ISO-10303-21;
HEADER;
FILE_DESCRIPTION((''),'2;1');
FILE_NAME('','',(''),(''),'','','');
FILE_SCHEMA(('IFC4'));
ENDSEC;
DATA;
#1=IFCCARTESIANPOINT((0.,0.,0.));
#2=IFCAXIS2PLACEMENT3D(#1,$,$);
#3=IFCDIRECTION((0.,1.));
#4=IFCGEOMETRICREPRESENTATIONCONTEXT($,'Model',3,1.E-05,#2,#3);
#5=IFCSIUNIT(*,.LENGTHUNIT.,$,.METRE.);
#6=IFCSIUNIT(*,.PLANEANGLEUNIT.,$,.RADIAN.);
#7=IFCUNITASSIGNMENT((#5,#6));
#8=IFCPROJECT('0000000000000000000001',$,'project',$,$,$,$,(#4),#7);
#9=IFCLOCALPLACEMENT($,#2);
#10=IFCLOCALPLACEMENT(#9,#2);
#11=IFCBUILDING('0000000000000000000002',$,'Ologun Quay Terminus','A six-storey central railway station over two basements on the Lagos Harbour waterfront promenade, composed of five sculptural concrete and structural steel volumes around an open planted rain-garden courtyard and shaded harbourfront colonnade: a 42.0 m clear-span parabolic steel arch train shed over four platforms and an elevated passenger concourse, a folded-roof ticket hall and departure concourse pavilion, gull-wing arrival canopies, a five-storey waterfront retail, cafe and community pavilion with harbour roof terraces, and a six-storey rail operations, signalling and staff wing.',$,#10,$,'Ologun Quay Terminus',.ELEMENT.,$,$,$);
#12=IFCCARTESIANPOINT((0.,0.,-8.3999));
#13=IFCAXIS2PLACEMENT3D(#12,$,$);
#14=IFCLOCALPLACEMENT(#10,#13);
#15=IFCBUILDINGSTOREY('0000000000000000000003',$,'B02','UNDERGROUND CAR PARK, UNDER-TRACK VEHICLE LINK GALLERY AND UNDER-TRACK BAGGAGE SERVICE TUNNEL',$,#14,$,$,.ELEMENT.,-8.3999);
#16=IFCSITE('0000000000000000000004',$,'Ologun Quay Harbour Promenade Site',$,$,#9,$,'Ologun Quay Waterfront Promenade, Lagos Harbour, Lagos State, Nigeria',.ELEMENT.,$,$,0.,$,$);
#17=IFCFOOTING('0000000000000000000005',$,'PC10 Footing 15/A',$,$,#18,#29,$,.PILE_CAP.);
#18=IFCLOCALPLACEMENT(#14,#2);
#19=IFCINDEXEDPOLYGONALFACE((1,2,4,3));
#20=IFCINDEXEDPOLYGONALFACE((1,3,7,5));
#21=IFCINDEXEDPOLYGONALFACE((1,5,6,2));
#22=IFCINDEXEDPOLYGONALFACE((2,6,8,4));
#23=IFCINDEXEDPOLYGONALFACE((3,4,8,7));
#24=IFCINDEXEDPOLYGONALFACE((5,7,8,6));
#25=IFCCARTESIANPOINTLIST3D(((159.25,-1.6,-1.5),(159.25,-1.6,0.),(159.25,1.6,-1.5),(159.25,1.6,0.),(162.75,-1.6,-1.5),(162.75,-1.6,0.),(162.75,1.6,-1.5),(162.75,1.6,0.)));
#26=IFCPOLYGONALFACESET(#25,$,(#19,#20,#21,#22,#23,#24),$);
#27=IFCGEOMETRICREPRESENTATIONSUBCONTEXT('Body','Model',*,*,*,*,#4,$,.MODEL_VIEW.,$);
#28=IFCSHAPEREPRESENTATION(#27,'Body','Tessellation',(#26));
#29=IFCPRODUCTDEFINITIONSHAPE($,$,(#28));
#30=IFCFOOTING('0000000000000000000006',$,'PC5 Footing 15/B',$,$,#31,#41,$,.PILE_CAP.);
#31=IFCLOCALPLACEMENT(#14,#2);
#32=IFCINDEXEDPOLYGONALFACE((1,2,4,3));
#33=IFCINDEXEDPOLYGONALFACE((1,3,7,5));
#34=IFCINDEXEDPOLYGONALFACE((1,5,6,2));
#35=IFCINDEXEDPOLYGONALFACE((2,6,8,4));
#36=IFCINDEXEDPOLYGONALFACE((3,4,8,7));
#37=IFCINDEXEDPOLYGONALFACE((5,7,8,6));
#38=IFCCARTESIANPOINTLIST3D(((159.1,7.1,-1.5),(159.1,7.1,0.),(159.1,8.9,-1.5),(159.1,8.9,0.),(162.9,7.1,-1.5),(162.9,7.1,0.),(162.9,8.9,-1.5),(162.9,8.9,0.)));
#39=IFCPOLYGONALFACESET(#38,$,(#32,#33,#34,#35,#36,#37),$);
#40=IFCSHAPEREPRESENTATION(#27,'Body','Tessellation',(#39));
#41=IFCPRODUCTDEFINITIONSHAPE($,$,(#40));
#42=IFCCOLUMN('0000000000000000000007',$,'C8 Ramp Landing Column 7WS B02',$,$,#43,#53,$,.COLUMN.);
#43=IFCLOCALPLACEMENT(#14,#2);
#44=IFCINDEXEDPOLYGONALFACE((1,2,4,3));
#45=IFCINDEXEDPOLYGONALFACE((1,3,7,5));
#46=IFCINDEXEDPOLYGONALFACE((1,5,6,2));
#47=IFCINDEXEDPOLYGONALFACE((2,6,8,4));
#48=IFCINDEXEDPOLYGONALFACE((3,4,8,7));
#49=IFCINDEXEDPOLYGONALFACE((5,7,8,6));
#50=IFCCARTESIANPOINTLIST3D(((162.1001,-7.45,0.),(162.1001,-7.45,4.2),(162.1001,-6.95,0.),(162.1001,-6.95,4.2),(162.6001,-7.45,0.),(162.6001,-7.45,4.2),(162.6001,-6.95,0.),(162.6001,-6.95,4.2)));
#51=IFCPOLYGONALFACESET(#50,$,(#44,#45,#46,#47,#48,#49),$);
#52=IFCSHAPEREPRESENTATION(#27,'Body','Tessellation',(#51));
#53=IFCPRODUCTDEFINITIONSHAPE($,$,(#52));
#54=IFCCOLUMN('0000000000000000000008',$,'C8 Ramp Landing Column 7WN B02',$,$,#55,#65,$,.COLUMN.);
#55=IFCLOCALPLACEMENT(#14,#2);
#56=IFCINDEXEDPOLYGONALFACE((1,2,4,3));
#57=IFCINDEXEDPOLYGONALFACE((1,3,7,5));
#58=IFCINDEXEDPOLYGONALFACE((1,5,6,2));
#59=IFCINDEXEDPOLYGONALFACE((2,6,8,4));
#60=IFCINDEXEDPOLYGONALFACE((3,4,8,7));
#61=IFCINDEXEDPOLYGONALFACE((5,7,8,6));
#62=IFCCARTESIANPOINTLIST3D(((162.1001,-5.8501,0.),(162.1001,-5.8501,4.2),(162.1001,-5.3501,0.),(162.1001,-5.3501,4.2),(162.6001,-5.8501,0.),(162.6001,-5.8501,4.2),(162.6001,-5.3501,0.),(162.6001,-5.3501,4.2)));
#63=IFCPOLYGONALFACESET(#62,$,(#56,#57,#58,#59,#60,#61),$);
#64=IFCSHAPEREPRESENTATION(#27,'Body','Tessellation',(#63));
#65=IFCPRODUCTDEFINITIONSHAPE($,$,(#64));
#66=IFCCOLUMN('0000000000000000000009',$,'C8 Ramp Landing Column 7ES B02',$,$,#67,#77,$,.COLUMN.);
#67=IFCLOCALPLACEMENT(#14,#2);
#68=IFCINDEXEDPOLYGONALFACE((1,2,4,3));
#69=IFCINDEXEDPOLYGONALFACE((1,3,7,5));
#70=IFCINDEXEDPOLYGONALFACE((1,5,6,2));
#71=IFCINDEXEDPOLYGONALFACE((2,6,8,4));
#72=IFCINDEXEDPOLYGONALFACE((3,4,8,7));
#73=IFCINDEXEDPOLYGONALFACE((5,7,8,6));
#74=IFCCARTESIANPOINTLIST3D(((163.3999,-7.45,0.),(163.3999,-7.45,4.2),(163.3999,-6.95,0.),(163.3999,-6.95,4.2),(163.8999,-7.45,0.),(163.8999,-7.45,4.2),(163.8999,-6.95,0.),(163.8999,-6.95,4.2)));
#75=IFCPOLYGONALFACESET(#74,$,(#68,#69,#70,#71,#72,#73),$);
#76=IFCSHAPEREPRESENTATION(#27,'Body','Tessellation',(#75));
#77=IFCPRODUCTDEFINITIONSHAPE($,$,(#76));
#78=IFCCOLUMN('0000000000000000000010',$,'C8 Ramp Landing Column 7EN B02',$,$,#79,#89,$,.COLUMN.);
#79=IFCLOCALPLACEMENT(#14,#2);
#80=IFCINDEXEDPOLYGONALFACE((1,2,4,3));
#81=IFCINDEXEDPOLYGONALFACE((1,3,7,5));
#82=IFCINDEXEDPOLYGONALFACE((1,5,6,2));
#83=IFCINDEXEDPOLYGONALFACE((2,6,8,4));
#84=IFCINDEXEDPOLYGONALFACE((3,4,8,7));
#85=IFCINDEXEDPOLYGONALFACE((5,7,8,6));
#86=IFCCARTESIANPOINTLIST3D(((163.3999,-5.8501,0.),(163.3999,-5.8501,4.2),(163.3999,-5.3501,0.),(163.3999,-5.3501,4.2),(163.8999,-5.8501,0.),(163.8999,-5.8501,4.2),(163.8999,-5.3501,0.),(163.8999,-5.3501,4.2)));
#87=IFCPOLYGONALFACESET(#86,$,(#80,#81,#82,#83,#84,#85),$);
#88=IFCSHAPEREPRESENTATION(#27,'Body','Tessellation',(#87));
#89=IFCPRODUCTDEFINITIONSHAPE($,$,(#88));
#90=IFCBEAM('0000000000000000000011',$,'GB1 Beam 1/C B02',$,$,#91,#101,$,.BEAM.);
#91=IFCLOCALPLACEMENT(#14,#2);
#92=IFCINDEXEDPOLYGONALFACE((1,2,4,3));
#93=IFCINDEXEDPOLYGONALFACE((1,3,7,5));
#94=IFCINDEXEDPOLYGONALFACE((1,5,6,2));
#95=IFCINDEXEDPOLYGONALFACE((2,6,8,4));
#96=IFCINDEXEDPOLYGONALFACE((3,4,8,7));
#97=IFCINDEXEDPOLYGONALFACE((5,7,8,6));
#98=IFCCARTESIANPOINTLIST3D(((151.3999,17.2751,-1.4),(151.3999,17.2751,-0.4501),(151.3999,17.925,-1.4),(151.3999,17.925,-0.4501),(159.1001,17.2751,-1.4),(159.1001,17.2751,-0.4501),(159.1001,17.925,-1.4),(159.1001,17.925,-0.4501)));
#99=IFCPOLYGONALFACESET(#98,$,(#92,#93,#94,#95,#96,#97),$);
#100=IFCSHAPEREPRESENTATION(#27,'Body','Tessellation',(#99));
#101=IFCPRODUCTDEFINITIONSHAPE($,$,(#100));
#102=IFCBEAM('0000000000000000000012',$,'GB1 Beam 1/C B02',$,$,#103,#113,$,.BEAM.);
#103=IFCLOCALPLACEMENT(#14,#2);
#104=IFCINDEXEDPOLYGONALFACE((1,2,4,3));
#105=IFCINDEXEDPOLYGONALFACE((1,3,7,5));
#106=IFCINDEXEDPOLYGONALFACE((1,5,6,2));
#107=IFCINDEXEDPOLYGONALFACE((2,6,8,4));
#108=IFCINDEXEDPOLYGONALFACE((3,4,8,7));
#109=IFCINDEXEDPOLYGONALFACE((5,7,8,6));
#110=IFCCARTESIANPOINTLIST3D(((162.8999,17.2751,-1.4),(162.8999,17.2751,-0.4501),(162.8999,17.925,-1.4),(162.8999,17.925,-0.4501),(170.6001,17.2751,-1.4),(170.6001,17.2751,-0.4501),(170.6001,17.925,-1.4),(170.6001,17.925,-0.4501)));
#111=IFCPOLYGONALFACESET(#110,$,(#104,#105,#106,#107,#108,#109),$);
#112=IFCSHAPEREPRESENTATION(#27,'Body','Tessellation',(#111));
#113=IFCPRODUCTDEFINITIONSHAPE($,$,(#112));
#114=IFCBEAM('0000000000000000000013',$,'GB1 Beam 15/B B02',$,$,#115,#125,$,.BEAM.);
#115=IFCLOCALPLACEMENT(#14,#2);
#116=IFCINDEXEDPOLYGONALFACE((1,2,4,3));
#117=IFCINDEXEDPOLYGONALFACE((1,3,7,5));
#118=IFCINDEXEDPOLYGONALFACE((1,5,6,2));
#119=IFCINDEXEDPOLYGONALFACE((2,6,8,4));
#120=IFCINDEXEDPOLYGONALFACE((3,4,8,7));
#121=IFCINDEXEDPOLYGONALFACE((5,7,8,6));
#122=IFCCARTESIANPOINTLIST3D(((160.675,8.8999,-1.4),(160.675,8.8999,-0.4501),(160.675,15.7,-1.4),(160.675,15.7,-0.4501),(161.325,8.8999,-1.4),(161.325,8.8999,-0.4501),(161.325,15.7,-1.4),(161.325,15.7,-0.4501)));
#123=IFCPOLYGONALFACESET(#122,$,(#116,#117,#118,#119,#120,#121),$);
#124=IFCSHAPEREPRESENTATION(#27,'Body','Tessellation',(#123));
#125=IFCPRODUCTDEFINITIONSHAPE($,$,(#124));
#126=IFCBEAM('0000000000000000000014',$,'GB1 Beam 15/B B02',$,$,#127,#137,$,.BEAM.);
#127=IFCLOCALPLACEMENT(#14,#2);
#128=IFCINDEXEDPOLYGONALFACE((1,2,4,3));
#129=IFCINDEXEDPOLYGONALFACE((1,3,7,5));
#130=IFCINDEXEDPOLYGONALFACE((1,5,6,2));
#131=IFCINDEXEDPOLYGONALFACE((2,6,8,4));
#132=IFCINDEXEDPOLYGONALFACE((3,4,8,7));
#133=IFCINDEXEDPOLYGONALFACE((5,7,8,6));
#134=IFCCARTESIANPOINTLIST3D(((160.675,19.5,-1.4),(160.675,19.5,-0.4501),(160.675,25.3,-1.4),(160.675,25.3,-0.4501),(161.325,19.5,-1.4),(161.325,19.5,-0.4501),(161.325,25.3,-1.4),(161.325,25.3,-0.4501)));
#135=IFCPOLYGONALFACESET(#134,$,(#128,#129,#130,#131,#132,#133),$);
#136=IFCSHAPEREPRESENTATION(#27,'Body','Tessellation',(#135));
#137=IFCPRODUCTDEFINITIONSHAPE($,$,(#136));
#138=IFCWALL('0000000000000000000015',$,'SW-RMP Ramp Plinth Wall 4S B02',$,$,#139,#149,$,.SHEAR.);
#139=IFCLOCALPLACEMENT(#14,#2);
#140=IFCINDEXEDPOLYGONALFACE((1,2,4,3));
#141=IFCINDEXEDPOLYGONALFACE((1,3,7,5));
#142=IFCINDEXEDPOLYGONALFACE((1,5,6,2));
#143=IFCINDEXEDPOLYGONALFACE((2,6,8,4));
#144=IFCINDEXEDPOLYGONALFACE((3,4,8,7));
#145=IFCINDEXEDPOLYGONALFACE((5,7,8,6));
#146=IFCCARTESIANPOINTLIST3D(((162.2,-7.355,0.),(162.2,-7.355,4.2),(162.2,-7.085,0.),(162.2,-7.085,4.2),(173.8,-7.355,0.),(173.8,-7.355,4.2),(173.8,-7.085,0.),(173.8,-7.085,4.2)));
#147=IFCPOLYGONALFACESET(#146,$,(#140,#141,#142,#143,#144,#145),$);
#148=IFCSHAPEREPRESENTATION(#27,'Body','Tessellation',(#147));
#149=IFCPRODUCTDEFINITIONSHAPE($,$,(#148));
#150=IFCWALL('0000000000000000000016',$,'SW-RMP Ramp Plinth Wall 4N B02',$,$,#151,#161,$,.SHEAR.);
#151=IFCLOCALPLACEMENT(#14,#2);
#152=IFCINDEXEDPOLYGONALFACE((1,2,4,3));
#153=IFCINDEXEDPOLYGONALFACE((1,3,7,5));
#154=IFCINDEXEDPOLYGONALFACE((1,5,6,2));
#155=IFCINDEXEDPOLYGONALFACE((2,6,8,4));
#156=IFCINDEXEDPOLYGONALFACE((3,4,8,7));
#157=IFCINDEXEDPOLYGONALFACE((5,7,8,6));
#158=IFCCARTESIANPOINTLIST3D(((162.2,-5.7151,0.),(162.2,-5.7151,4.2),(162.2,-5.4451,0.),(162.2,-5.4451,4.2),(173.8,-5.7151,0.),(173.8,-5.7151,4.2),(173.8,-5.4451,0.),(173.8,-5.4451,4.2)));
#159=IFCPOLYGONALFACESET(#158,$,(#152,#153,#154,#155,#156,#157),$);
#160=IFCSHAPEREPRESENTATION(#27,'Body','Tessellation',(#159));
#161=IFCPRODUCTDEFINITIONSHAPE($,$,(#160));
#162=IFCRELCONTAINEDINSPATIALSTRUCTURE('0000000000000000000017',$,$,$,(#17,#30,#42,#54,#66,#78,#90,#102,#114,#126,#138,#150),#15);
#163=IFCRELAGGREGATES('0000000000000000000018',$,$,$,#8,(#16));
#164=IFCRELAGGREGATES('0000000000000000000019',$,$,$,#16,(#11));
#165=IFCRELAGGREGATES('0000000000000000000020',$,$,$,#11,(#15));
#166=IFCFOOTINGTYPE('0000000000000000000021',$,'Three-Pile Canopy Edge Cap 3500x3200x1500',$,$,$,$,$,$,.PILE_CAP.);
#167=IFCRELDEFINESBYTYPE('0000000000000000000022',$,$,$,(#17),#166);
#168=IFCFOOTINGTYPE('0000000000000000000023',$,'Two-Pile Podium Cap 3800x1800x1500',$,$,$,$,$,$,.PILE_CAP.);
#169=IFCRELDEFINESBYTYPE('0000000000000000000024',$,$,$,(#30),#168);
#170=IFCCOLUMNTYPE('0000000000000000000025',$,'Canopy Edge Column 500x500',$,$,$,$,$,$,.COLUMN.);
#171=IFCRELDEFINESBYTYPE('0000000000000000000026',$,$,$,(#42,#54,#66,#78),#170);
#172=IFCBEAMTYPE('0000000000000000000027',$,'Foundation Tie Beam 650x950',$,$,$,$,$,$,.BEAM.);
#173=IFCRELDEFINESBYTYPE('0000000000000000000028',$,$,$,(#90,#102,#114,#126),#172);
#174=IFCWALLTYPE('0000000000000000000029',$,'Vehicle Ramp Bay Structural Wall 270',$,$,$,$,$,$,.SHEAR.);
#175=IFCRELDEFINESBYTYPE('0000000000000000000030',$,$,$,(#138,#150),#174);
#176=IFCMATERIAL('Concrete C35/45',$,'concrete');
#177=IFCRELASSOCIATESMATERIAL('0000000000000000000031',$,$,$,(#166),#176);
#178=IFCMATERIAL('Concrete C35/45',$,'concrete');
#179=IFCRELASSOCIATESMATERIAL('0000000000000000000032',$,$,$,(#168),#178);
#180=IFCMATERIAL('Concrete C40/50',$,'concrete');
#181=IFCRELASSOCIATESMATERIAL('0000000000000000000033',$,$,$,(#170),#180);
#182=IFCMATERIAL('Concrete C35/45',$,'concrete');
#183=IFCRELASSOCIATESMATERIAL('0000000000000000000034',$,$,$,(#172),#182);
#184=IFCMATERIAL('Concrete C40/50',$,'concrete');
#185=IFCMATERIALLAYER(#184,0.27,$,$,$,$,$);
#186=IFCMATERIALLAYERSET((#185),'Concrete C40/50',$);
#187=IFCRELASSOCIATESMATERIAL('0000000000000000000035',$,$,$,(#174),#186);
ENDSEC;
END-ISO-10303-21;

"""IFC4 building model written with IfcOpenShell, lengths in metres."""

from ifc_helpers import new_model, si_unit, direction, frame, frame_2d, origin, origin_2d, place, context, subcontext, project, spatial, rectangle, extrude, material, layer, layer_set, material_profile, profile_set, type_object, element, save


model = new_model("IFC4")

# Units and contexts
model_context = context("Model", 3, precision=1e-05, world=origin(), true_north=direction((0.0, 1.0)))
body_context = subcontext(model_context, "Body", "Model", "MODEL_VIEW")
ifc_project = project(units=[si_unit("LENGTHUNIT", "METRE"), si_unit("PLANEANGLEUNIT", "RADIAN")], contexts=[model_context])

# Site, building, storey
site_placement = place(None, origin())
site = spatial("IfcSite", under=ifc_project, at=site_placement, Name="Ologun Quay Harbour Promenade Site", LongName="Ologun Quay Waterfront Promenade, Lagos Harbour, Lagos State, Nigeria", CompositionType="ELEMENT", RefElevation=0.0)
building_placement = place(site_placement, origin())
building = spatial("IfcBuilding", under=site, at=building_placement, Name="Ologun Quay Terminus", Description="A six-storey central railway station over two basements on the Lagos Harbour waterfront promenade, composed of five sculptural concrete and structural steel volumes around an open planted rain-garden courtyard and shaded harbourfront colonnade: a 42.0 m clear-span parabolic steel arch train shed over four platforms and an elevated passenger concourse, a folded-roof ticket hall and departure concourse pavilion, gull-wing arrival canopies, a five-storey waterfront retail, cafe and community pavilion with harbour roof terraces, and a six-storey rail operations, signalling and staff wing.", LongName="Ologun Quay Terminus", CompositionType="ELEMENT")
storey_placement = place(building_placement, frame((0.0, 0.0, -8.3999)))
storey = spatial("IfcBuildingStorey", under=building, at=storey_placement, Name="B02", Description="UNDERGROUND CAR PARK, UNDER-TRACK VEHICLE LINK GALLERY AND UNDER-TRACK BAGGAGE SERVICE TUNNEL", CompositionType="ELEMENT", Elevation=-8.3999)

# Footings
ifc_material_1 = material(Name="Concrete C35/45", Category="concrete")
footing_type_1 = type_object("IfcFootingType", Name="Three-Pile Canopy Edge Cap 3500x3200x1500", PredefinedType="PILE_CAP", material=ifc_material_1)
footing_1_placement = place(storey_placement, frame((161.0, 0.0, -1.5), z_axis=(0.0, 0.0, 1.0), x_axis=(1.0, 0.0, 0.0)))
element("IfcFooting", 1, at=footing_1_placement, inside=storey, type_object=footing_type_1, Name="PC10 Footing 15/A", PredefinedType="PILE_CAP", context=body_context, shape_type="SweptSolid", body=[
    extrude(rectangle(XDim=3.5, YDim=3.2, at=origin_2d()), origin(), (0.0, 0.0, 1.0), 1.5),
])
ifc_material_2 = material(Name="Concrete C35/45", Category="concrete")
footing_type_2 = type_object("IfcFootingType", Name="Two-Pile Podium Cap 3800x1800x1500", PredefinedType="PILE_CAP", material=ifc_material_2)
footing_2_placement = place(storey_placement, frame((161.0, 8.0, -1.5), z_axis=(0.0, 0.0, 1.0), x_axis=(1.0, 0.0, 0.0)))
element("IfcFooting", 2, at=footing_2_placement, inside=storey, type_object=footing_type_2, Name="PC5 Footing 15/B", PredefinedType="PILE_CAP", context=body_context, shape_type="SweptSolid", body=[
    extrude(rectangle(XDim=3.8, YDim=1.8, at=origin_2d()), origin(), (0.0, 0.0, 1.0), 1.5),
])

# Columns
ifc_material_3 = material(Name="Concrete C40/50", Category="concrete")
ifc_material_profile_1 = material_profile(ifc_material_3, rectangle(XDim=0.5, YDim=0.5, at=origin_2d()), Name="RC 500x500")
ifc_profile_set_1 = profile_set([ifc_material_profile_1], Name="Concrete C40/50")
column_type = type_object("IfcColumnType", Name="Canopy Edge Column 500x500", PredefinedType="COLUMN", material=ifc_profile_set_1)
for number, where, z_axis, x_axis, name in (
    (3, (162.3501, -7.2, 0.0), (0.0, 0.0, 1.0), (1.0, 0.0, 0.0), "C8 Ramp Landing Column 7WS B02"),
    (4, (162.3501, -5.6001, 0.0), (0.0, 0.0, 1.0), (1.0, 0.0, 0.0), "C8 Ramp Landing Column 7WN B02"),
    (5, (163.6499, -7.2, 0.0), (0.0, 0.0, 1.0), (1.0, 0.0, 0.0), "C8 Ramp Landing Column 7ES B02"),
    (6, (163.6499, -5.6001, 0.0), (0.0, 0.0, 1.0), (1.0, 0.0, 0.0), "C8 Ramp Landing Column 7EN B02"),
):
    element("IfcColumn", number, at=place(storey_placement, frame(where, z_axis=z_axis, x_axis=x_axis)), inside=storey, type_object=column_type, Name=name, PredefinedType="COLUMN", context=body_context, shape_type="SweptSolid", body=[
        extrude(rectangle(XDim=0.5, YDim=0.5, at=origin_2d()), origin(), (0.0, 0.0, 1.0), 4.2),
    ])

# Beams
ifc_material_4 = material(Name="Concrete C35/45", Category="concrete")
ifc_material_profile_2 = material_profile(ifc_material_4, rectangle(XDim=0.6499, YDim=0.95, at=origin_2d()), Name="RC 650x950")
ifc_profile_set_2 = profile_set([ifc_material_profile_2], Name="Concrete C35/45")
beam_type = type_object("IfcBeamType", Name="Foundation Tie Beam 650x950", PredefinedType="BEAM", material=ifc_profile_set_2)
for number, where, z_axis, x_axis, name in (
    (7, (151.3999, 17.6001, -0.925), (1.0, 0.0, 0.0), (0.0, 1.0, 0.0), "GB1 Beam 1/C B02"),
    (8, (162.8999, 17.6001, -0.925), (1.0, 0.0, 0.0), (0.0, 1.0, 0.0), "GB1 Beam 1/C B02"),
):
    element("IfcBeam", number, at=place(storey_placement, frame(where, z_axis=z_axis, x_axis=x_axis)), inside=storey, type_object=beam_type, Name=name, PredefinedType="BEAM", context=body_context, shape_type="SweptSolid", body=[
        extrude(rectangle(XDim=0.6499, YDim=0.95, at=origin_2d()), origin(), (0.0, 0.0, 1.0), 7.7002),
    ])
beam_1_placement = place(storey_placement, frame((161.0, 8.8999, -0.925), z_axis=(0.0, 1.0, 0.0), x_axis=(-1.0, 0.0, 0.0)))
element("IfcBeam", 9, at=beam_1_placement, inside=storey, type_object=beam_type, Name="GB1 Beam 15/B B02", PredefinedType="BEAM", context=body_context, shape_type="SweptSolid", body=[
    extrude(rectangle(XDim=0.6499, YDim=0.95, at=origin_2d()), origin(), (0.0, 0.0, 1.0), 6.8),
])
beam_2_placement = place(storey_placement, frame((161.0, 19.5, -0.925), z_axis=(0.0, 1.0, 0.0), x_axis=(-1.0, 0.0, 0.0)))
element("IfcBeam", 10, at=beam_2_placement, inside=storey, type_object=beam_type, Name="GB1 Beam 15/B B02", PredefinedType="BEAM", context=body_context, shape_type="SweptSolid", body=[
    extrude(rectangle(XDim=0.6499, YDim=0.95, at=origin_2d()), origin(), (0.0, 0.0, 1.0), 5.8),
])

# Walls
ifc_material_5 = material(Name="Concrete C40/50", Category="concrete")
ifc_layer = layer(ifc_material_5, 0.27)
ifc_layer_set = layer_set([ifc_layer], Name="Concrete C40/50")
wall_type = type_object("IfcWallType", Name="Vehicle Ramp Bay Structural Wall 270", PredefinedType="SHEAR", material=ifc_layer_set)
for number, where, z_axis, x_axis, name in (
    (11, (162.2, -7.22, 0.0), (0.0, 0.0, 1.0), (1.0, 0.0, 0.0), "SW-RMP Ramp Plinth Wall 4S B02"),
    (12, (162.2, -5.5801, 0.0), (0.0, 0.0, 1.0), (1.0, 0.0, 0.0), "SW-RMP Ramp Plinth Wall 4N B02"),
):
    element("IfcWall", number, at=place(storey_placement, frame(where, z_axis=z_axis, x_axis=x_axis)), inside=storey, type_object=wall_type, Name=name, PredefinedType="SHEAR", context=body_context, shape_type="SweptSolid", body=[
        extrude(rectangle(XDim=11.6001, YDim=0.27, at=frame_2d((5.8, 0.0))), origin(), (0.0, 0.0, 1.0), 4.2),
    ])

save(model, "model.ifc")
